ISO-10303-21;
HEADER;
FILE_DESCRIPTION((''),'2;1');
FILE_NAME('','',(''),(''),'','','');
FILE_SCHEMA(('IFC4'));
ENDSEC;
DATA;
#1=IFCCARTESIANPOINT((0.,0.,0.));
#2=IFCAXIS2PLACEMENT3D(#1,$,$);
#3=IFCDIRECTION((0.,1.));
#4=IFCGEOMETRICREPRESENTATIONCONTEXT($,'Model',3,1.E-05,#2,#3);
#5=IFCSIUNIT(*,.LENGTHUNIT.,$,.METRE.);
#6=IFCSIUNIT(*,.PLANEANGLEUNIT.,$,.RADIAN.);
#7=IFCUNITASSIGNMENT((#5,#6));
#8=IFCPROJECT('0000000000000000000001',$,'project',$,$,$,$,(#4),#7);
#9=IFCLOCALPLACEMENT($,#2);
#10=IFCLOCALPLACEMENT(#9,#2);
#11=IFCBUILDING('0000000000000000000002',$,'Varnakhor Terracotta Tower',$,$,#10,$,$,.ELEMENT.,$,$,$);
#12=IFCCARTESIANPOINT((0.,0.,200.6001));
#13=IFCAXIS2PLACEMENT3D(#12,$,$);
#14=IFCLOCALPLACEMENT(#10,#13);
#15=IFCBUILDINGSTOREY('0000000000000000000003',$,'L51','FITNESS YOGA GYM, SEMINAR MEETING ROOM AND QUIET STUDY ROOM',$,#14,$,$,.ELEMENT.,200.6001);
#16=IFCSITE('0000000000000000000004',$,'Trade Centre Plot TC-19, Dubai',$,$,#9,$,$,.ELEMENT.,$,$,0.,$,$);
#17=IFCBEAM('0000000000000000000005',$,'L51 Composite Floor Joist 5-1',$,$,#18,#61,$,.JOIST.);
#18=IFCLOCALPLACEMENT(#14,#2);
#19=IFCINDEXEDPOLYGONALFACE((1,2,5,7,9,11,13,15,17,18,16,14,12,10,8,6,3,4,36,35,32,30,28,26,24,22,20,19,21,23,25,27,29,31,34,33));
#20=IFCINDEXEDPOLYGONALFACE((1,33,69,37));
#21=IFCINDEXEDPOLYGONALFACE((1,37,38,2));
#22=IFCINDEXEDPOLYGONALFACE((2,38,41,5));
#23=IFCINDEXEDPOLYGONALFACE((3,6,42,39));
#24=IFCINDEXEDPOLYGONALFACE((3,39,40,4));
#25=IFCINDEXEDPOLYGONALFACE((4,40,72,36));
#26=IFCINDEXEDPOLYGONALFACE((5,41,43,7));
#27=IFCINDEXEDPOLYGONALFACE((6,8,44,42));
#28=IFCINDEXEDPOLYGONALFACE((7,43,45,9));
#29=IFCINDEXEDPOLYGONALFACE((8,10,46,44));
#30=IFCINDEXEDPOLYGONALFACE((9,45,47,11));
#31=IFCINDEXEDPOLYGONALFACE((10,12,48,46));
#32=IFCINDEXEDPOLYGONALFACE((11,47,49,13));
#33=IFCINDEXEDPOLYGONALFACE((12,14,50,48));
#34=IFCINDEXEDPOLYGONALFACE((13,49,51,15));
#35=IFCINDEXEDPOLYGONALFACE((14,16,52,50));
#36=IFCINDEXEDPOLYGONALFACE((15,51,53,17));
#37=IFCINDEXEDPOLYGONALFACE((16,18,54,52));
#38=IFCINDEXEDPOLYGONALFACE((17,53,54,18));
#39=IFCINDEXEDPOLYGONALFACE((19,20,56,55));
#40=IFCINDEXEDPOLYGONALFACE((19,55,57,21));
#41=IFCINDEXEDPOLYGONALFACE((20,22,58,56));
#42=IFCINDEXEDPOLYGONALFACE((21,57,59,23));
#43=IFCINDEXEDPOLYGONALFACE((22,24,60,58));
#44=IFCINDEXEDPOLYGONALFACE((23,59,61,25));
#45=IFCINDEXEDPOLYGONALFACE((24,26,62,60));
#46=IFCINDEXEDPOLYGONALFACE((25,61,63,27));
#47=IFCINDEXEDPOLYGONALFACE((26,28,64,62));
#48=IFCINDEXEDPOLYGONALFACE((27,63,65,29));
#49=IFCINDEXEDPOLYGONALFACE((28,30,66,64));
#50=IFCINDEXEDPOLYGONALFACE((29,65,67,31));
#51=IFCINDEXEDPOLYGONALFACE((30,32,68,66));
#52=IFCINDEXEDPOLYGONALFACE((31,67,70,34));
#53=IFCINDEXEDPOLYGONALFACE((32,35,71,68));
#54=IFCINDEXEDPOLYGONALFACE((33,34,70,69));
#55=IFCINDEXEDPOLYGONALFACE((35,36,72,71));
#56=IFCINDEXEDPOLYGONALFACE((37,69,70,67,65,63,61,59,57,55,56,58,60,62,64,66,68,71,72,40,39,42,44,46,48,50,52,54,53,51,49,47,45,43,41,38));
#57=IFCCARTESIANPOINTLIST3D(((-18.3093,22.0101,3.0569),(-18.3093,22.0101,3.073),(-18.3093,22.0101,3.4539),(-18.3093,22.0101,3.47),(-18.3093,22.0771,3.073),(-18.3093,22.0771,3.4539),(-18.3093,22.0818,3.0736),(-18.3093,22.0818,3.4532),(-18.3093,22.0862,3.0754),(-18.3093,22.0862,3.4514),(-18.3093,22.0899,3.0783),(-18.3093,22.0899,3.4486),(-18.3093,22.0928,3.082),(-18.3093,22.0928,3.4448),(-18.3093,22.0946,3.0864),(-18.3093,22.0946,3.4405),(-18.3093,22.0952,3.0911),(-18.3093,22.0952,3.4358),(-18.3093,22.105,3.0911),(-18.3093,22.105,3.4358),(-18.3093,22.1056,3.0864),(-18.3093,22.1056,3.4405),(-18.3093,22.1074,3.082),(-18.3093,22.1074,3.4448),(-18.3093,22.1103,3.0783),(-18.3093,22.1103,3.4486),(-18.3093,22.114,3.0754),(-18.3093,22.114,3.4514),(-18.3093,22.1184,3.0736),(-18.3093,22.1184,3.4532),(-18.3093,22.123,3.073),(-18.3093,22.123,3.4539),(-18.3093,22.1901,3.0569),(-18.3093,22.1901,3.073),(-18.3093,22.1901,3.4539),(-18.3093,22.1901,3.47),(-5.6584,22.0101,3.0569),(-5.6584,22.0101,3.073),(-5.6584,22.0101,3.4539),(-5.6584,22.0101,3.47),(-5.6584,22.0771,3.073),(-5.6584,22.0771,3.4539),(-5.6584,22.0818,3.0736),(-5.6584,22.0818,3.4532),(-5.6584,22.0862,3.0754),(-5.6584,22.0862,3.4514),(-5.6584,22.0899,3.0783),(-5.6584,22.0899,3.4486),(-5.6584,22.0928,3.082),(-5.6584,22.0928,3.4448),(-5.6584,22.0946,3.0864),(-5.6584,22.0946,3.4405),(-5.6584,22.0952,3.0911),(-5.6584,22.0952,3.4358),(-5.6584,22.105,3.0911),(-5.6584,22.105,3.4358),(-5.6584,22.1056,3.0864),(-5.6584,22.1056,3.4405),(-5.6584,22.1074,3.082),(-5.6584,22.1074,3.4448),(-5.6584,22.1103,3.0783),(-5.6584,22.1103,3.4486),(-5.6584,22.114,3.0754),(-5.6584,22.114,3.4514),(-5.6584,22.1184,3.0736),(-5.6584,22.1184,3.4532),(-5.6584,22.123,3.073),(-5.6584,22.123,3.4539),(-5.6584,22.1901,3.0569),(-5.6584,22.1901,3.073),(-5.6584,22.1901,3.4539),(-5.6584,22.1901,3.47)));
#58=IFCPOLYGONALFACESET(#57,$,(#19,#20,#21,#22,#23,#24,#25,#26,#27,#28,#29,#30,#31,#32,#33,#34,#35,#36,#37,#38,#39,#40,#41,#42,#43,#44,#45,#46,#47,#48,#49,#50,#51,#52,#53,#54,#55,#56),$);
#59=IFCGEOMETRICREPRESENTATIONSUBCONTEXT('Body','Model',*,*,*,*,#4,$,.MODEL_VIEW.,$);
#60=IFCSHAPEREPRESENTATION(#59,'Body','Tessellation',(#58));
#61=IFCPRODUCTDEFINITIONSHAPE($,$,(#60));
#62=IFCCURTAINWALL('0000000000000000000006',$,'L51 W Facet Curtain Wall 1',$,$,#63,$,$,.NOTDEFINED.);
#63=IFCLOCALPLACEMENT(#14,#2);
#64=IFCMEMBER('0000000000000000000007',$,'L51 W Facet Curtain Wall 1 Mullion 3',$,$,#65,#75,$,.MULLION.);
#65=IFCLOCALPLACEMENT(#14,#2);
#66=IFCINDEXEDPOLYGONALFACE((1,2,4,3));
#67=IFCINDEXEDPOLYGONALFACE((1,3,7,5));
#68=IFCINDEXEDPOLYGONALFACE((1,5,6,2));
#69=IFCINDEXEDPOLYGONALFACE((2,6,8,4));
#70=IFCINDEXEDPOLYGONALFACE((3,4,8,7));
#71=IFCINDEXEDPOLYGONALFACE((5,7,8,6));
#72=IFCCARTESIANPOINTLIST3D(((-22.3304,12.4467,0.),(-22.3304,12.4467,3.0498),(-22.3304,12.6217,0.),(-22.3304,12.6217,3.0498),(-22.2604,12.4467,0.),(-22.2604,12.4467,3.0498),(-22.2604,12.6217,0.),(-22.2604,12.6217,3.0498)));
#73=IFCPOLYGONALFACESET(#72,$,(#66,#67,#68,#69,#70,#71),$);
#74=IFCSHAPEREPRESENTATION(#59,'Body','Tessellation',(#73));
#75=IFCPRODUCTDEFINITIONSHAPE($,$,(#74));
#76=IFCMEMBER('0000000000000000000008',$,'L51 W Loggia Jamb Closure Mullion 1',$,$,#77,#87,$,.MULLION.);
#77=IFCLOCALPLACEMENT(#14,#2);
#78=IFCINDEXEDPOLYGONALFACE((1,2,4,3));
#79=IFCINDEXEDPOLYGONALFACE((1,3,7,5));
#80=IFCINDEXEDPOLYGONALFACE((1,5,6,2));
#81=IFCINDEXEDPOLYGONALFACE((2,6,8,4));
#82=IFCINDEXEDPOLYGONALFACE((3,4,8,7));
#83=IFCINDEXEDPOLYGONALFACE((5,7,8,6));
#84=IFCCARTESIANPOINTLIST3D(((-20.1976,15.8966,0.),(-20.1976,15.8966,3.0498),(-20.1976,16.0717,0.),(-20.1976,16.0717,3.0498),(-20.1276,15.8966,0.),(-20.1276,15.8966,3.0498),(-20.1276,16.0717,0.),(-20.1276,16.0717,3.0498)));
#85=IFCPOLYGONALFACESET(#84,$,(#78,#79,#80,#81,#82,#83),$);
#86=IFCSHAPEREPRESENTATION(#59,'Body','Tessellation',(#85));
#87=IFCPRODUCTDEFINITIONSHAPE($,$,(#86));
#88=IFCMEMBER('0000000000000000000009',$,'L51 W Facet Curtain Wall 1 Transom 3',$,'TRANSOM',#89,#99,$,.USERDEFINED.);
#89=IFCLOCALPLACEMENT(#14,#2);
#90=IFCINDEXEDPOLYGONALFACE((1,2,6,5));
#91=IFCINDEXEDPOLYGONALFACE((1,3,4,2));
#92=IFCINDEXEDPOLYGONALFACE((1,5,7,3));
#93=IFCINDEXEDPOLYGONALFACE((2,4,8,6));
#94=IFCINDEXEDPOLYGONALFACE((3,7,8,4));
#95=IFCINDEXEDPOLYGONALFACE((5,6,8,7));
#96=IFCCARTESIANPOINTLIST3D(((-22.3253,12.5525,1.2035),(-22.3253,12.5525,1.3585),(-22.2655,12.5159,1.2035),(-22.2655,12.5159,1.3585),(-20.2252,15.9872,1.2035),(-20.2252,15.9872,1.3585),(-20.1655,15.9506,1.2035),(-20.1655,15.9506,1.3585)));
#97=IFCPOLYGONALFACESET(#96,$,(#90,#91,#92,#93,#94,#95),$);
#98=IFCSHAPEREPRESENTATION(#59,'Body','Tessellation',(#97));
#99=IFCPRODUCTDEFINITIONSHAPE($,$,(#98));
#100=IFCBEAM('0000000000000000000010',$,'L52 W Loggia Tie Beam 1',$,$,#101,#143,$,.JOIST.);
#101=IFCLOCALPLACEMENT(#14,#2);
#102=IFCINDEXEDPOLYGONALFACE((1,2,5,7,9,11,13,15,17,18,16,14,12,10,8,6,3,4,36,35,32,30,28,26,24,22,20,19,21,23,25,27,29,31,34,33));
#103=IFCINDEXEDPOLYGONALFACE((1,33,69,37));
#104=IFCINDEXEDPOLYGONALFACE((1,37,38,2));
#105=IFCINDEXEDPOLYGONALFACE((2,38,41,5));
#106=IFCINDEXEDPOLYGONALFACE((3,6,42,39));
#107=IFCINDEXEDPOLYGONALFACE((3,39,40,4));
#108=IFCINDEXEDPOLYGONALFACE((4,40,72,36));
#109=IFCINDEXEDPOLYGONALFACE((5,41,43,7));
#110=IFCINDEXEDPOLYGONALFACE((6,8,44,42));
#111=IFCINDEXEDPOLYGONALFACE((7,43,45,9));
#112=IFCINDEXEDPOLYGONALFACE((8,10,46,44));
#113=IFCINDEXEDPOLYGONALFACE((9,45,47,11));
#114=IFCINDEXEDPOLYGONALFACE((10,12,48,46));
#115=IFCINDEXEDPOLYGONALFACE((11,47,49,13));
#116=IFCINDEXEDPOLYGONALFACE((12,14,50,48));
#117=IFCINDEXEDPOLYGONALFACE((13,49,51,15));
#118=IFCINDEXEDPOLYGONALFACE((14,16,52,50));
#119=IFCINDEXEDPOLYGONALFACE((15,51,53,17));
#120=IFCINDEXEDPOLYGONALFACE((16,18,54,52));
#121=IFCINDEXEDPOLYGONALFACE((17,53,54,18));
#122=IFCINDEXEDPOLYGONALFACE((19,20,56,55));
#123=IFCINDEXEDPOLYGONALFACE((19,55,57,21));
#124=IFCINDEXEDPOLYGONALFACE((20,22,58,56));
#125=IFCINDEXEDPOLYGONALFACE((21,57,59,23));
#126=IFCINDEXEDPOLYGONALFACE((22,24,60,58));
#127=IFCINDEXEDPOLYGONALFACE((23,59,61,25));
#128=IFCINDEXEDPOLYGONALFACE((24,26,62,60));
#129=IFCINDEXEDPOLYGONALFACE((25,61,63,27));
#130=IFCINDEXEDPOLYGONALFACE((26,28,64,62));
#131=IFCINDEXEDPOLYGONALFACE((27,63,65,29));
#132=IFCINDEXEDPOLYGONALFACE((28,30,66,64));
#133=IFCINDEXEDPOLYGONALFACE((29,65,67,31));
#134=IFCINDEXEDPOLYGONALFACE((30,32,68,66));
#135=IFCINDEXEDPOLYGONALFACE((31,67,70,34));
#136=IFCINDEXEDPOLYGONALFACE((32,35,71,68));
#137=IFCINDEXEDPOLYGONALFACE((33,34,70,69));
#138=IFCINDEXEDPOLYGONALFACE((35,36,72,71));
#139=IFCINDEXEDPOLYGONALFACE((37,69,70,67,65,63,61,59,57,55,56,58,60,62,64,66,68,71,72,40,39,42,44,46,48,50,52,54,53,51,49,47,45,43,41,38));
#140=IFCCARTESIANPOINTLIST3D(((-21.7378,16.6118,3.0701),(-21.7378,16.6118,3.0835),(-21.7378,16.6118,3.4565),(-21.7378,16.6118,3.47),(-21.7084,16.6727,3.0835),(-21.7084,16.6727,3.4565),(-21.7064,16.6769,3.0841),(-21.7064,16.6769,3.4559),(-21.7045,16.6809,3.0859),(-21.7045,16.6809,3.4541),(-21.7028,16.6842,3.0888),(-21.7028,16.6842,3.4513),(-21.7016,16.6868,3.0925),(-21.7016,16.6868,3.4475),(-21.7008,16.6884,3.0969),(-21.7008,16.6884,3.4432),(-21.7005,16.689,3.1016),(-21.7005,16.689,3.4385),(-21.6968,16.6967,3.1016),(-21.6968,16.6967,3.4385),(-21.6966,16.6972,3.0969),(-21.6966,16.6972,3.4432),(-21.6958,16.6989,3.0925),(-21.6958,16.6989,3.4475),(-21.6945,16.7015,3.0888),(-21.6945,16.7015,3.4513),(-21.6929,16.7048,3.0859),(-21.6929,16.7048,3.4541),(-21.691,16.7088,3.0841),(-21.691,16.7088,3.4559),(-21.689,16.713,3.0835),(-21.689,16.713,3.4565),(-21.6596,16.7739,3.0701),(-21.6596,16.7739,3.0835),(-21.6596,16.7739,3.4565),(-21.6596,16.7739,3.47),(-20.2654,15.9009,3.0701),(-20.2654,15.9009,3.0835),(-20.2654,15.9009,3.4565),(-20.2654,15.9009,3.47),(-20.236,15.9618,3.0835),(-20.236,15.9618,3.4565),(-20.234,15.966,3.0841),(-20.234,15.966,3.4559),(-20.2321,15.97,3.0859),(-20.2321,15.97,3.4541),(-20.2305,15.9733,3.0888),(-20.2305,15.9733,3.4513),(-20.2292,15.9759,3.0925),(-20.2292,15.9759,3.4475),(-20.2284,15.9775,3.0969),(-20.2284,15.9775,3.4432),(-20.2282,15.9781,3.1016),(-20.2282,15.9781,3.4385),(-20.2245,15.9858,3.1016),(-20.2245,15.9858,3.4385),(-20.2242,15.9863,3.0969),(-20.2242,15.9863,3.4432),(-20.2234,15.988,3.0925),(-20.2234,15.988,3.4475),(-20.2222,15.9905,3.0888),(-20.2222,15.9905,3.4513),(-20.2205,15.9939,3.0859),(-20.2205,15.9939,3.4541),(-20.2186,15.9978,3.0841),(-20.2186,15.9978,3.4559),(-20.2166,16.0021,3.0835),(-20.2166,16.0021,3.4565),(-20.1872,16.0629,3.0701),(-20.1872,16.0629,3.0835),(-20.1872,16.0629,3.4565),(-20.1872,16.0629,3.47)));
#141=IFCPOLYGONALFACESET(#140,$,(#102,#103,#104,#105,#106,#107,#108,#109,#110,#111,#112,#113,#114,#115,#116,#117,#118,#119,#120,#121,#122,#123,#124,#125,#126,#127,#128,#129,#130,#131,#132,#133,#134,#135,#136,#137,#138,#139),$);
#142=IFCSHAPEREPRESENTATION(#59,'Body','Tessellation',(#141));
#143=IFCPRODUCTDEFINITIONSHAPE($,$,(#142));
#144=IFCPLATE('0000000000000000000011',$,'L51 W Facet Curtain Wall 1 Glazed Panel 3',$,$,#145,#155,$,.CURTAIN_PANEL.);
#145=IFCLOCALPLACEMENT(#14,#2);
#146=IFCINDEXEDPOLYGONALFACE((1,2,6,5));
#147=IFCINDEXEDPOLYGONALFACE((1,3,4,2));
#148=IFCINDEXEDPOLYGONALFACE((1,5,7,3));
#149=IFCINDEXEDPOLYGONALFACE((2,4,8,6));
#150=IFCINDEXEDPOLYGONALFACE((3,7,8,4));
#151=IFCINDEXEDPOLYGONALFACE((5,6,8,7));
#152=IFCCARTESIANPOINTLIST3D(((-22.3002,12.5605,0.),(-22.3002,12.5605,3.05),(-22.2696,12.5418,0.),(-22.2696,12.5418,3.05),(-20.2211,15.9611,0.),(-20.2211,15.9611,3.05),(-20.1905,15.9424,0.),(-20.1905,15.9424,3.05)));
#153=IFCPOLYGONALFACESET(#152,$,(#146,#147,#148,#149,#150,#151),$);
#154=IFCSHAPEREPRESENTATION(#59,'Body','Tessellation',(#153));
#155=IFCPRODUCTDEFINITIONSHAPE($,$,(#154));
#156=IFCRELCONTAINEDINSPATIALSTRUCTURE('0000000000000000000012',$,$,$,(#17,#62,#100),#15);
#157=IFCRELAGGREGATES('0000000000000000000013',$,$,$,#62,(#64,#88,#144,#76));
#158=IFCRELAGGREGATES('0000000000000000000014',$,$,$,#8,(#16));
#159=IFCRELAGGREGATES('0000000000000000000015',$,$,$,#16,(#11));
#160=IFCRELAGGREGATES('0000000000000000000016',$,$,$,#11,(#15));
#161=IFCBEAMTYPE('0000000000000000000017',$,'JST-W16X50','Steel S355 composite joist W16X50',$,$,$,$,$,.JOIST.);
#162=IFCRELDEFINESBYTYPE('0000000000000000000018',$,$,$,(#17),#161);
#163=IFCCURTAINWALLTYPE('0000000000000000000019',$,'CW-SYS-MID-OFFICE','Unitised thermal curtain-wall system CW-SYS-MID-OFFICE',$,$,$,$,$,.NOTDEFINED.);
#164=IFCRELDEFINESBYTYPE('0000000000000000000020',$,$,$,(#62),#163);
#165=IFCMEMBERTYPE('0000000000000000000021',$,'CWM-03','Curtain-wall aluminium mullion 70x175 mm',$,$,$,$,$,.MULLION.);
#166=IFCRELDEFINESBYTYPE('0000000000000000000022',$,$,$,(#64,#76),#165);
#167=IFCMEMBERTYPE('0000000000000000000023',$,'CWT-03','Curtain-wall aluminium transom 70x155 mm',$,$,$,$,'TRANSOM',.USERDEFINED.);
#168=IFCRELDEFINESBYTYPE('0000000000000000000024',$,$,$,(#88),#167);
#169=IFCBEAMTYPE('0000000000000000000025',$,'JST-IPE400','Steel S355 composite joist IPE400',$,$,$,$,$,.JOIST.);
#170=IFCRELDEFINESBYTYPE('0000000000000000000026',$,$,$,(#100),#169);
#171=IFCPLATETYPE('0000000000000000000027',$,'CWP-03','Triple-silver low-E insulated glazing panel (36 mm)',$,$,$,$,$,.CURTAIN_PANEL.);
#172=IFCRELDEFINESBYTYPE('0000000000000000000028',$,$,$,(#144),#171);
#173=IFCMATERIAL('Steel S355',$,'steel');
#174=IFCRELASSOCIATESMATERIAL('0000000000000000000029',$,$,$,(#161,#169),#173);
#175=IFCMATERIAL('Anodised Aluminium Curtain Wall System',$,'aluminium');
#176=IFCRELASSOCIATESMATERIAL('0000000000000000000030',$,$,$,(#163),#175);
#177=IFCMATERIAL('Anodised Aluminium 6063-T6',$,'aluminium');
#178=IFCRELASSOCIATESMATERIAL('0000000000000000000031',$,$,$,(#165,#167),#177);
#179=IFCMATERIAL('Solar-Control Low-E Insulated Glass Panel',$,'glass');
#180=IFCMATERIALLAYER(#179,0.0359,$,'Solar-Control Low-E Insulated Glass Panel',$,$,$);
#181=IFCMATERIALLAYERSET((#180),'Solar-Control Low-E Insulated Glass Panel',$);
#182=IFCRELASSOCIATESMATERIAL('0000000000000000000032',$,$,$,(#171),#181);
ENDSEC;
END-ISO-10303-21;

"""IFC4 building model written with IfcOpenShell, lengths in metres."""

from ifc_helpers import new_model, si_unit, direction, frame, origin, origin_2d, place, context, subcontext, project, spatial, rectangle, i_section, extrude, source, transform, mapped, material, layer, layer_set, material_profile, profile_set, type_object, type_shapes, element, aggregate, save


model = new_model("IFC4")

# Units and contexts
model_context = context("Model", 3, precision=1e-05, world=origin(), true_north=direction((0.0, 1.0)))
body_context = subcontext(model_context, "Body", "Model", "MODEL_VIEW")
ifc_project = project(units=[si_unit("LENGTHUNIT", "METRE"), si_unit("PLANEANGLEUNIT", "RADIAN")], contexts=[model_context])

# Site, building, storey
site_placement = place(None, origin())
site = spatial("IfcSite", under=ifc_project, at=site_placement, Name="Trade Centre Plot TC-19, Dubai", CompositionType="ELEMENT", RefElevation=0.0)
building_placement = place(site_placement, origin())
building = spatial("IfcBuilding", under=site, at=building_placement, Name="Varnakhor Terracotta Tower", CompositionType="ELEMENT")
storey_placement = place(building_placement, frame((0.0, 0.0, 200.6001)))
storey = spatial("IfcBuildingStorey", under=building, at=storey_placement, Name="L51", Description="FITNESS YOGA GYM, SEMINAR MEETING ROOM AND QUIET STUDY ROOM", CompositionType="ELEMENT", Elevation=200.6001)

# Beam
ifc_material_1 = material(Name="Steel S355", Category="steel")
ifc_material_profile_1 = material_profile(ifc_material_1, i_section(OverallWidth=0.1799, OverallDepth=0.4131, WebThickness=0.0098, FlangeThickness=0.0161, FilletRadius=0.0181, at=origin_2d()), Name="W16X50")
ifc_profile_set_1 = profile_set([ifc_material_profile_1], Name="Steel S355")
beam_type_1 = type_object("IfcBeamType", Name="JST-W16X50", Description="Steel S355 composite joist W16X50", PredefinedType="JOIST", material=ifc_profile_set_1)
shared_shape_1 = source(origin(), body_context, "Body", "SweptSolid", [
    extrude(i_section(OverallWidth=0.1799, OverallDepth=0.4131, WebThickness=0.0098, FlangeThickness=0.0161, FilletRadius=0.0181, at=origin_2d()), origin(), (0.0, 0.0, 1.0), 12.6509),
])
beam_1_placement = place(storey_placement, frame((-18.3093, 22.1001, 3.2634), z_axis=(1.0, 0.0, 0.0), x_axis=(0.0, 1.0, 0.0)))
element("IfcBeam", 1, at=beam_1_placement, inside=storey, type_object=beam_type_1, Name="L51 Composite Floor Joist 5-1", PredefinedType="JOIST", context=body_context, shape_type="MappedRepresentation", body=[
    mapped(shared_shape_1, transform((0.0, 0.0, 0.0), scale=1.0)),
])

# Curtain wall, members
ifc_material_2 = material(Name="Anodised Aluminium Curtain Wall System", Category="aluminium")
curtain_wall_type = type_object("IfcCurtainWallType", Name="CW-SYS-MID-OFFICE", Description="Unitised thermal curtain-wall system CW-SYS-MID-OFFICE", PredefinedType="NOTDEFINED", material=ifc_material_2)
curtain_wall_placement = place(storey_placement, origin())
curtain_wall = element("IfcCurtainWall", 2, at=curtain_wall_placement, inside=storey, type_object=curtain_wall_type, Name="L51 W Facet Curtain Wall 1", PredefinedType="NOTDEFINED")
ifc_material_3 = material(Name="Anodised Aluminium 6063-T6", Category="aluminium")
ifc_material_profile_2 = material_profile(ifc_material_3, rectangle(XDim=0.0701, YDim=0.175, at=origin_2d()), Name="ALU MULLION 70x175")
ifc_profile_set_2 = profile_set([ifc_material_profile_2], Name="Anodised Aluminium 6063-T6")
member_type_1 = type_object("IfcMemberType", Name="CWM-03", Description="Curtain-wall aluminium mullion 70x175 mm", PredefinedType="MULLION", material=ifc_profile_set_2)
shared_shape_2 = source(origin(), body_context, "Body", "SweptSolid", [
    extrude(rectangle(XDim=0.0701, YDim=0.175, at=origin_2d()), origin(), (0.0, 0.0, 1.0), 3.0498),
])
type_shapes(member_type_1, [shared_shape_2])
member_1_placement = place(storey_placement, frame((-22.2954, 12.5342, 0.0), z_axis=(0.0, 0.0, 1.0), x_axis=(1.0, 0.0, 0.0)))
member_1 = element("IfcMember", 3, at=member_1_placement, type_object=member_type_1, Name="L51 W Facet Curtain Wall 1 Mullion 3", PredefinedType="MULLION", context=body_context, shape_type="MappedRepresentation", body=[
    mapped(shared_shape_2, transform((0.0, 0.0, 0.0), scale=1.0)),
])
member_2_placement = place(storey_placement, frame((-20.1626, 15.9841, 0.0), z_axis=(0.0, 0.0, 1.0), x_axis=(1.0, 0.0, 0.0)))
member_2 = element("IfcMember", 4, at=member_2_placement, type_object=member_type_1, Name="L51 W Loggia Jamb Closure Mullion 1", PredefinedType="MULLION", context=body_context, shape_type="MappedRepresentation", body=[
    mapped(shared_shape_2, transform((0.0, 0.0, 0.0), scale=1.0)),
])
ifc_material_profile_3 = material_profile(ifc_material_3, rectangle(XDim=0.0701, YDim=0.155, at=origin_2d()), Name="ALU TRANSOM 70x155")
ifc_profile_set_3 = profile_set([ifc_material_profile_3], Name="Anodised Aluminium 6063-T6")
member_type_2 = type_object("IfcMemberType", Name="CWT-03", Description="Curtain-wall aluminium transom 70x155 mm", ElementType="TRANSOM", PredefinedType="USERDEFINED", material=ifc_profile_set_3)
shared_shape_3 = source(origin(), body_context, "Body", "SweptSolid", [
    extrude(rectangle(XDim=0.0701, YDim=0.155, at=origin_2d()), origin(), (0.0, 0.0, 1.0), 4.0259),
])
member_3_placement = place(storey_placement, frame((-22.2954, 12.5342, 1.281), z_axis=(0.521639, 0.853166, 0.0), x_axis=(-0.853166, 0.521639, 0.0)))
member_3 = element("IfcMember", 5, at=member_3_placement, type_object=member_type_2, Name="L51 W Facet Curtain Wall 1 Transom 3", ObjectType="TRANSOM", PredefinedType="USERDEFINED", context=body_context, shape_type="MappedRepresentation", body=[
    mapped(shared_shape_3, transform((0.0, 0.0, 0.0), scale=1.0)),
])

# Beam
ifc_material_profile_4 = material_profile(ifc_material_1, i_section(OverallWidth=0.1799, OverallDepth=0.3999, WebThickness=0.0085, FlangeThickness=0.0134, FilletRadius=0.0181, at=origin_2d()), Name="IPE400")
ifc_profile_set_4 = profile_set([ifc_material_profile_4], Name="Steel S355")
beam_type_2 = type_object("IfcBeamType", Name="JST-IPE400", Description="Steel S355 composite joist IPE400", PredefinedType="JOIST", material=ifc_profile_set_4)
shared_shape_4 = source(origin(), body_context, "Body", "SweptSolid", [
    extrude(i_section(OverallWidth=0.1799, OverallDepth=0.3999, WebThickness=0.0085, FlangeThickness=0.0134, FilletRadius=0.0181, at=origin_2d()), origin(), (0.0, 0.0, 1.0), 1.635),
])
beam_2_placement = place(storey_placement, frame((-20.2263, 15.9819, 3.27), z_axis=(-0.900523, 0.434808, 0.0), x_axis=(-0.434808, -0.900523, 0.0)))
element("IfcBeam", 6, at=beam_2_placement, inside=storey, type_object=beam_type_2, Name="L52 W Loggia Tie Beam 1", PredefinedType="JOIST", context=body_context, shape_type="MappedRepresentation", body=[
    mapped(shared_shape_4, transform((0.0, 0.0, 0.0), scale=1.0)),
])

# Plate
ifc_material_4 = material(Name="Solar-Control Low-E Insulated Glass Panel", Category="glass")
ifc_layer_1 = layer(ifc_material_4, 0.0359, Name="Solar-Control Low-E Insulated Glass Panel")
ifc_layer_set_1 = layer_set([ifc_layer_1], Name="Solar-Control Low-E Insulated Glass Panel")
plate_type = type_object("IfcPlateType", Name="CWP-03", Description="Triple-silver low-E insulated glazing panel (36 mm)", PredefinedType="CURTAIN_PANEL", material=ifc_layer_set_1)
shared_shape_5 = source(origin(), body_context, "Body", "SweptSolid", [
    extrude(rectangle(XDim=3.9858, YDim=0.0359, at=origin_2d()), origin(), (0.0, 0.0, 1.0), 3.05),
])
plate_placement = place(storey_placement, frame((-21.2454, 14.2515, 0.0), z_axis=(0.0, 0.0, 1.0), x_axis=(0.52162, 0.853178, 0.0)))
plate = element("IfcPlate", 7, at=plate_placement, type_object=plate_type, Name="L51 W Facet Curtain Wall 1 Glazed Panel 3", PredefinedType="CURTAIN_PANEL", context=body_context, shape_type="MappedRepresentation", body=[
    mapped(shared_shape_5, transform((0.0, 0.0, 0.0), scale=1.0)),
])
aggregate(curtain_wall, [member_1, member_3, plate, member_2])

save(model, "model.ifc")
